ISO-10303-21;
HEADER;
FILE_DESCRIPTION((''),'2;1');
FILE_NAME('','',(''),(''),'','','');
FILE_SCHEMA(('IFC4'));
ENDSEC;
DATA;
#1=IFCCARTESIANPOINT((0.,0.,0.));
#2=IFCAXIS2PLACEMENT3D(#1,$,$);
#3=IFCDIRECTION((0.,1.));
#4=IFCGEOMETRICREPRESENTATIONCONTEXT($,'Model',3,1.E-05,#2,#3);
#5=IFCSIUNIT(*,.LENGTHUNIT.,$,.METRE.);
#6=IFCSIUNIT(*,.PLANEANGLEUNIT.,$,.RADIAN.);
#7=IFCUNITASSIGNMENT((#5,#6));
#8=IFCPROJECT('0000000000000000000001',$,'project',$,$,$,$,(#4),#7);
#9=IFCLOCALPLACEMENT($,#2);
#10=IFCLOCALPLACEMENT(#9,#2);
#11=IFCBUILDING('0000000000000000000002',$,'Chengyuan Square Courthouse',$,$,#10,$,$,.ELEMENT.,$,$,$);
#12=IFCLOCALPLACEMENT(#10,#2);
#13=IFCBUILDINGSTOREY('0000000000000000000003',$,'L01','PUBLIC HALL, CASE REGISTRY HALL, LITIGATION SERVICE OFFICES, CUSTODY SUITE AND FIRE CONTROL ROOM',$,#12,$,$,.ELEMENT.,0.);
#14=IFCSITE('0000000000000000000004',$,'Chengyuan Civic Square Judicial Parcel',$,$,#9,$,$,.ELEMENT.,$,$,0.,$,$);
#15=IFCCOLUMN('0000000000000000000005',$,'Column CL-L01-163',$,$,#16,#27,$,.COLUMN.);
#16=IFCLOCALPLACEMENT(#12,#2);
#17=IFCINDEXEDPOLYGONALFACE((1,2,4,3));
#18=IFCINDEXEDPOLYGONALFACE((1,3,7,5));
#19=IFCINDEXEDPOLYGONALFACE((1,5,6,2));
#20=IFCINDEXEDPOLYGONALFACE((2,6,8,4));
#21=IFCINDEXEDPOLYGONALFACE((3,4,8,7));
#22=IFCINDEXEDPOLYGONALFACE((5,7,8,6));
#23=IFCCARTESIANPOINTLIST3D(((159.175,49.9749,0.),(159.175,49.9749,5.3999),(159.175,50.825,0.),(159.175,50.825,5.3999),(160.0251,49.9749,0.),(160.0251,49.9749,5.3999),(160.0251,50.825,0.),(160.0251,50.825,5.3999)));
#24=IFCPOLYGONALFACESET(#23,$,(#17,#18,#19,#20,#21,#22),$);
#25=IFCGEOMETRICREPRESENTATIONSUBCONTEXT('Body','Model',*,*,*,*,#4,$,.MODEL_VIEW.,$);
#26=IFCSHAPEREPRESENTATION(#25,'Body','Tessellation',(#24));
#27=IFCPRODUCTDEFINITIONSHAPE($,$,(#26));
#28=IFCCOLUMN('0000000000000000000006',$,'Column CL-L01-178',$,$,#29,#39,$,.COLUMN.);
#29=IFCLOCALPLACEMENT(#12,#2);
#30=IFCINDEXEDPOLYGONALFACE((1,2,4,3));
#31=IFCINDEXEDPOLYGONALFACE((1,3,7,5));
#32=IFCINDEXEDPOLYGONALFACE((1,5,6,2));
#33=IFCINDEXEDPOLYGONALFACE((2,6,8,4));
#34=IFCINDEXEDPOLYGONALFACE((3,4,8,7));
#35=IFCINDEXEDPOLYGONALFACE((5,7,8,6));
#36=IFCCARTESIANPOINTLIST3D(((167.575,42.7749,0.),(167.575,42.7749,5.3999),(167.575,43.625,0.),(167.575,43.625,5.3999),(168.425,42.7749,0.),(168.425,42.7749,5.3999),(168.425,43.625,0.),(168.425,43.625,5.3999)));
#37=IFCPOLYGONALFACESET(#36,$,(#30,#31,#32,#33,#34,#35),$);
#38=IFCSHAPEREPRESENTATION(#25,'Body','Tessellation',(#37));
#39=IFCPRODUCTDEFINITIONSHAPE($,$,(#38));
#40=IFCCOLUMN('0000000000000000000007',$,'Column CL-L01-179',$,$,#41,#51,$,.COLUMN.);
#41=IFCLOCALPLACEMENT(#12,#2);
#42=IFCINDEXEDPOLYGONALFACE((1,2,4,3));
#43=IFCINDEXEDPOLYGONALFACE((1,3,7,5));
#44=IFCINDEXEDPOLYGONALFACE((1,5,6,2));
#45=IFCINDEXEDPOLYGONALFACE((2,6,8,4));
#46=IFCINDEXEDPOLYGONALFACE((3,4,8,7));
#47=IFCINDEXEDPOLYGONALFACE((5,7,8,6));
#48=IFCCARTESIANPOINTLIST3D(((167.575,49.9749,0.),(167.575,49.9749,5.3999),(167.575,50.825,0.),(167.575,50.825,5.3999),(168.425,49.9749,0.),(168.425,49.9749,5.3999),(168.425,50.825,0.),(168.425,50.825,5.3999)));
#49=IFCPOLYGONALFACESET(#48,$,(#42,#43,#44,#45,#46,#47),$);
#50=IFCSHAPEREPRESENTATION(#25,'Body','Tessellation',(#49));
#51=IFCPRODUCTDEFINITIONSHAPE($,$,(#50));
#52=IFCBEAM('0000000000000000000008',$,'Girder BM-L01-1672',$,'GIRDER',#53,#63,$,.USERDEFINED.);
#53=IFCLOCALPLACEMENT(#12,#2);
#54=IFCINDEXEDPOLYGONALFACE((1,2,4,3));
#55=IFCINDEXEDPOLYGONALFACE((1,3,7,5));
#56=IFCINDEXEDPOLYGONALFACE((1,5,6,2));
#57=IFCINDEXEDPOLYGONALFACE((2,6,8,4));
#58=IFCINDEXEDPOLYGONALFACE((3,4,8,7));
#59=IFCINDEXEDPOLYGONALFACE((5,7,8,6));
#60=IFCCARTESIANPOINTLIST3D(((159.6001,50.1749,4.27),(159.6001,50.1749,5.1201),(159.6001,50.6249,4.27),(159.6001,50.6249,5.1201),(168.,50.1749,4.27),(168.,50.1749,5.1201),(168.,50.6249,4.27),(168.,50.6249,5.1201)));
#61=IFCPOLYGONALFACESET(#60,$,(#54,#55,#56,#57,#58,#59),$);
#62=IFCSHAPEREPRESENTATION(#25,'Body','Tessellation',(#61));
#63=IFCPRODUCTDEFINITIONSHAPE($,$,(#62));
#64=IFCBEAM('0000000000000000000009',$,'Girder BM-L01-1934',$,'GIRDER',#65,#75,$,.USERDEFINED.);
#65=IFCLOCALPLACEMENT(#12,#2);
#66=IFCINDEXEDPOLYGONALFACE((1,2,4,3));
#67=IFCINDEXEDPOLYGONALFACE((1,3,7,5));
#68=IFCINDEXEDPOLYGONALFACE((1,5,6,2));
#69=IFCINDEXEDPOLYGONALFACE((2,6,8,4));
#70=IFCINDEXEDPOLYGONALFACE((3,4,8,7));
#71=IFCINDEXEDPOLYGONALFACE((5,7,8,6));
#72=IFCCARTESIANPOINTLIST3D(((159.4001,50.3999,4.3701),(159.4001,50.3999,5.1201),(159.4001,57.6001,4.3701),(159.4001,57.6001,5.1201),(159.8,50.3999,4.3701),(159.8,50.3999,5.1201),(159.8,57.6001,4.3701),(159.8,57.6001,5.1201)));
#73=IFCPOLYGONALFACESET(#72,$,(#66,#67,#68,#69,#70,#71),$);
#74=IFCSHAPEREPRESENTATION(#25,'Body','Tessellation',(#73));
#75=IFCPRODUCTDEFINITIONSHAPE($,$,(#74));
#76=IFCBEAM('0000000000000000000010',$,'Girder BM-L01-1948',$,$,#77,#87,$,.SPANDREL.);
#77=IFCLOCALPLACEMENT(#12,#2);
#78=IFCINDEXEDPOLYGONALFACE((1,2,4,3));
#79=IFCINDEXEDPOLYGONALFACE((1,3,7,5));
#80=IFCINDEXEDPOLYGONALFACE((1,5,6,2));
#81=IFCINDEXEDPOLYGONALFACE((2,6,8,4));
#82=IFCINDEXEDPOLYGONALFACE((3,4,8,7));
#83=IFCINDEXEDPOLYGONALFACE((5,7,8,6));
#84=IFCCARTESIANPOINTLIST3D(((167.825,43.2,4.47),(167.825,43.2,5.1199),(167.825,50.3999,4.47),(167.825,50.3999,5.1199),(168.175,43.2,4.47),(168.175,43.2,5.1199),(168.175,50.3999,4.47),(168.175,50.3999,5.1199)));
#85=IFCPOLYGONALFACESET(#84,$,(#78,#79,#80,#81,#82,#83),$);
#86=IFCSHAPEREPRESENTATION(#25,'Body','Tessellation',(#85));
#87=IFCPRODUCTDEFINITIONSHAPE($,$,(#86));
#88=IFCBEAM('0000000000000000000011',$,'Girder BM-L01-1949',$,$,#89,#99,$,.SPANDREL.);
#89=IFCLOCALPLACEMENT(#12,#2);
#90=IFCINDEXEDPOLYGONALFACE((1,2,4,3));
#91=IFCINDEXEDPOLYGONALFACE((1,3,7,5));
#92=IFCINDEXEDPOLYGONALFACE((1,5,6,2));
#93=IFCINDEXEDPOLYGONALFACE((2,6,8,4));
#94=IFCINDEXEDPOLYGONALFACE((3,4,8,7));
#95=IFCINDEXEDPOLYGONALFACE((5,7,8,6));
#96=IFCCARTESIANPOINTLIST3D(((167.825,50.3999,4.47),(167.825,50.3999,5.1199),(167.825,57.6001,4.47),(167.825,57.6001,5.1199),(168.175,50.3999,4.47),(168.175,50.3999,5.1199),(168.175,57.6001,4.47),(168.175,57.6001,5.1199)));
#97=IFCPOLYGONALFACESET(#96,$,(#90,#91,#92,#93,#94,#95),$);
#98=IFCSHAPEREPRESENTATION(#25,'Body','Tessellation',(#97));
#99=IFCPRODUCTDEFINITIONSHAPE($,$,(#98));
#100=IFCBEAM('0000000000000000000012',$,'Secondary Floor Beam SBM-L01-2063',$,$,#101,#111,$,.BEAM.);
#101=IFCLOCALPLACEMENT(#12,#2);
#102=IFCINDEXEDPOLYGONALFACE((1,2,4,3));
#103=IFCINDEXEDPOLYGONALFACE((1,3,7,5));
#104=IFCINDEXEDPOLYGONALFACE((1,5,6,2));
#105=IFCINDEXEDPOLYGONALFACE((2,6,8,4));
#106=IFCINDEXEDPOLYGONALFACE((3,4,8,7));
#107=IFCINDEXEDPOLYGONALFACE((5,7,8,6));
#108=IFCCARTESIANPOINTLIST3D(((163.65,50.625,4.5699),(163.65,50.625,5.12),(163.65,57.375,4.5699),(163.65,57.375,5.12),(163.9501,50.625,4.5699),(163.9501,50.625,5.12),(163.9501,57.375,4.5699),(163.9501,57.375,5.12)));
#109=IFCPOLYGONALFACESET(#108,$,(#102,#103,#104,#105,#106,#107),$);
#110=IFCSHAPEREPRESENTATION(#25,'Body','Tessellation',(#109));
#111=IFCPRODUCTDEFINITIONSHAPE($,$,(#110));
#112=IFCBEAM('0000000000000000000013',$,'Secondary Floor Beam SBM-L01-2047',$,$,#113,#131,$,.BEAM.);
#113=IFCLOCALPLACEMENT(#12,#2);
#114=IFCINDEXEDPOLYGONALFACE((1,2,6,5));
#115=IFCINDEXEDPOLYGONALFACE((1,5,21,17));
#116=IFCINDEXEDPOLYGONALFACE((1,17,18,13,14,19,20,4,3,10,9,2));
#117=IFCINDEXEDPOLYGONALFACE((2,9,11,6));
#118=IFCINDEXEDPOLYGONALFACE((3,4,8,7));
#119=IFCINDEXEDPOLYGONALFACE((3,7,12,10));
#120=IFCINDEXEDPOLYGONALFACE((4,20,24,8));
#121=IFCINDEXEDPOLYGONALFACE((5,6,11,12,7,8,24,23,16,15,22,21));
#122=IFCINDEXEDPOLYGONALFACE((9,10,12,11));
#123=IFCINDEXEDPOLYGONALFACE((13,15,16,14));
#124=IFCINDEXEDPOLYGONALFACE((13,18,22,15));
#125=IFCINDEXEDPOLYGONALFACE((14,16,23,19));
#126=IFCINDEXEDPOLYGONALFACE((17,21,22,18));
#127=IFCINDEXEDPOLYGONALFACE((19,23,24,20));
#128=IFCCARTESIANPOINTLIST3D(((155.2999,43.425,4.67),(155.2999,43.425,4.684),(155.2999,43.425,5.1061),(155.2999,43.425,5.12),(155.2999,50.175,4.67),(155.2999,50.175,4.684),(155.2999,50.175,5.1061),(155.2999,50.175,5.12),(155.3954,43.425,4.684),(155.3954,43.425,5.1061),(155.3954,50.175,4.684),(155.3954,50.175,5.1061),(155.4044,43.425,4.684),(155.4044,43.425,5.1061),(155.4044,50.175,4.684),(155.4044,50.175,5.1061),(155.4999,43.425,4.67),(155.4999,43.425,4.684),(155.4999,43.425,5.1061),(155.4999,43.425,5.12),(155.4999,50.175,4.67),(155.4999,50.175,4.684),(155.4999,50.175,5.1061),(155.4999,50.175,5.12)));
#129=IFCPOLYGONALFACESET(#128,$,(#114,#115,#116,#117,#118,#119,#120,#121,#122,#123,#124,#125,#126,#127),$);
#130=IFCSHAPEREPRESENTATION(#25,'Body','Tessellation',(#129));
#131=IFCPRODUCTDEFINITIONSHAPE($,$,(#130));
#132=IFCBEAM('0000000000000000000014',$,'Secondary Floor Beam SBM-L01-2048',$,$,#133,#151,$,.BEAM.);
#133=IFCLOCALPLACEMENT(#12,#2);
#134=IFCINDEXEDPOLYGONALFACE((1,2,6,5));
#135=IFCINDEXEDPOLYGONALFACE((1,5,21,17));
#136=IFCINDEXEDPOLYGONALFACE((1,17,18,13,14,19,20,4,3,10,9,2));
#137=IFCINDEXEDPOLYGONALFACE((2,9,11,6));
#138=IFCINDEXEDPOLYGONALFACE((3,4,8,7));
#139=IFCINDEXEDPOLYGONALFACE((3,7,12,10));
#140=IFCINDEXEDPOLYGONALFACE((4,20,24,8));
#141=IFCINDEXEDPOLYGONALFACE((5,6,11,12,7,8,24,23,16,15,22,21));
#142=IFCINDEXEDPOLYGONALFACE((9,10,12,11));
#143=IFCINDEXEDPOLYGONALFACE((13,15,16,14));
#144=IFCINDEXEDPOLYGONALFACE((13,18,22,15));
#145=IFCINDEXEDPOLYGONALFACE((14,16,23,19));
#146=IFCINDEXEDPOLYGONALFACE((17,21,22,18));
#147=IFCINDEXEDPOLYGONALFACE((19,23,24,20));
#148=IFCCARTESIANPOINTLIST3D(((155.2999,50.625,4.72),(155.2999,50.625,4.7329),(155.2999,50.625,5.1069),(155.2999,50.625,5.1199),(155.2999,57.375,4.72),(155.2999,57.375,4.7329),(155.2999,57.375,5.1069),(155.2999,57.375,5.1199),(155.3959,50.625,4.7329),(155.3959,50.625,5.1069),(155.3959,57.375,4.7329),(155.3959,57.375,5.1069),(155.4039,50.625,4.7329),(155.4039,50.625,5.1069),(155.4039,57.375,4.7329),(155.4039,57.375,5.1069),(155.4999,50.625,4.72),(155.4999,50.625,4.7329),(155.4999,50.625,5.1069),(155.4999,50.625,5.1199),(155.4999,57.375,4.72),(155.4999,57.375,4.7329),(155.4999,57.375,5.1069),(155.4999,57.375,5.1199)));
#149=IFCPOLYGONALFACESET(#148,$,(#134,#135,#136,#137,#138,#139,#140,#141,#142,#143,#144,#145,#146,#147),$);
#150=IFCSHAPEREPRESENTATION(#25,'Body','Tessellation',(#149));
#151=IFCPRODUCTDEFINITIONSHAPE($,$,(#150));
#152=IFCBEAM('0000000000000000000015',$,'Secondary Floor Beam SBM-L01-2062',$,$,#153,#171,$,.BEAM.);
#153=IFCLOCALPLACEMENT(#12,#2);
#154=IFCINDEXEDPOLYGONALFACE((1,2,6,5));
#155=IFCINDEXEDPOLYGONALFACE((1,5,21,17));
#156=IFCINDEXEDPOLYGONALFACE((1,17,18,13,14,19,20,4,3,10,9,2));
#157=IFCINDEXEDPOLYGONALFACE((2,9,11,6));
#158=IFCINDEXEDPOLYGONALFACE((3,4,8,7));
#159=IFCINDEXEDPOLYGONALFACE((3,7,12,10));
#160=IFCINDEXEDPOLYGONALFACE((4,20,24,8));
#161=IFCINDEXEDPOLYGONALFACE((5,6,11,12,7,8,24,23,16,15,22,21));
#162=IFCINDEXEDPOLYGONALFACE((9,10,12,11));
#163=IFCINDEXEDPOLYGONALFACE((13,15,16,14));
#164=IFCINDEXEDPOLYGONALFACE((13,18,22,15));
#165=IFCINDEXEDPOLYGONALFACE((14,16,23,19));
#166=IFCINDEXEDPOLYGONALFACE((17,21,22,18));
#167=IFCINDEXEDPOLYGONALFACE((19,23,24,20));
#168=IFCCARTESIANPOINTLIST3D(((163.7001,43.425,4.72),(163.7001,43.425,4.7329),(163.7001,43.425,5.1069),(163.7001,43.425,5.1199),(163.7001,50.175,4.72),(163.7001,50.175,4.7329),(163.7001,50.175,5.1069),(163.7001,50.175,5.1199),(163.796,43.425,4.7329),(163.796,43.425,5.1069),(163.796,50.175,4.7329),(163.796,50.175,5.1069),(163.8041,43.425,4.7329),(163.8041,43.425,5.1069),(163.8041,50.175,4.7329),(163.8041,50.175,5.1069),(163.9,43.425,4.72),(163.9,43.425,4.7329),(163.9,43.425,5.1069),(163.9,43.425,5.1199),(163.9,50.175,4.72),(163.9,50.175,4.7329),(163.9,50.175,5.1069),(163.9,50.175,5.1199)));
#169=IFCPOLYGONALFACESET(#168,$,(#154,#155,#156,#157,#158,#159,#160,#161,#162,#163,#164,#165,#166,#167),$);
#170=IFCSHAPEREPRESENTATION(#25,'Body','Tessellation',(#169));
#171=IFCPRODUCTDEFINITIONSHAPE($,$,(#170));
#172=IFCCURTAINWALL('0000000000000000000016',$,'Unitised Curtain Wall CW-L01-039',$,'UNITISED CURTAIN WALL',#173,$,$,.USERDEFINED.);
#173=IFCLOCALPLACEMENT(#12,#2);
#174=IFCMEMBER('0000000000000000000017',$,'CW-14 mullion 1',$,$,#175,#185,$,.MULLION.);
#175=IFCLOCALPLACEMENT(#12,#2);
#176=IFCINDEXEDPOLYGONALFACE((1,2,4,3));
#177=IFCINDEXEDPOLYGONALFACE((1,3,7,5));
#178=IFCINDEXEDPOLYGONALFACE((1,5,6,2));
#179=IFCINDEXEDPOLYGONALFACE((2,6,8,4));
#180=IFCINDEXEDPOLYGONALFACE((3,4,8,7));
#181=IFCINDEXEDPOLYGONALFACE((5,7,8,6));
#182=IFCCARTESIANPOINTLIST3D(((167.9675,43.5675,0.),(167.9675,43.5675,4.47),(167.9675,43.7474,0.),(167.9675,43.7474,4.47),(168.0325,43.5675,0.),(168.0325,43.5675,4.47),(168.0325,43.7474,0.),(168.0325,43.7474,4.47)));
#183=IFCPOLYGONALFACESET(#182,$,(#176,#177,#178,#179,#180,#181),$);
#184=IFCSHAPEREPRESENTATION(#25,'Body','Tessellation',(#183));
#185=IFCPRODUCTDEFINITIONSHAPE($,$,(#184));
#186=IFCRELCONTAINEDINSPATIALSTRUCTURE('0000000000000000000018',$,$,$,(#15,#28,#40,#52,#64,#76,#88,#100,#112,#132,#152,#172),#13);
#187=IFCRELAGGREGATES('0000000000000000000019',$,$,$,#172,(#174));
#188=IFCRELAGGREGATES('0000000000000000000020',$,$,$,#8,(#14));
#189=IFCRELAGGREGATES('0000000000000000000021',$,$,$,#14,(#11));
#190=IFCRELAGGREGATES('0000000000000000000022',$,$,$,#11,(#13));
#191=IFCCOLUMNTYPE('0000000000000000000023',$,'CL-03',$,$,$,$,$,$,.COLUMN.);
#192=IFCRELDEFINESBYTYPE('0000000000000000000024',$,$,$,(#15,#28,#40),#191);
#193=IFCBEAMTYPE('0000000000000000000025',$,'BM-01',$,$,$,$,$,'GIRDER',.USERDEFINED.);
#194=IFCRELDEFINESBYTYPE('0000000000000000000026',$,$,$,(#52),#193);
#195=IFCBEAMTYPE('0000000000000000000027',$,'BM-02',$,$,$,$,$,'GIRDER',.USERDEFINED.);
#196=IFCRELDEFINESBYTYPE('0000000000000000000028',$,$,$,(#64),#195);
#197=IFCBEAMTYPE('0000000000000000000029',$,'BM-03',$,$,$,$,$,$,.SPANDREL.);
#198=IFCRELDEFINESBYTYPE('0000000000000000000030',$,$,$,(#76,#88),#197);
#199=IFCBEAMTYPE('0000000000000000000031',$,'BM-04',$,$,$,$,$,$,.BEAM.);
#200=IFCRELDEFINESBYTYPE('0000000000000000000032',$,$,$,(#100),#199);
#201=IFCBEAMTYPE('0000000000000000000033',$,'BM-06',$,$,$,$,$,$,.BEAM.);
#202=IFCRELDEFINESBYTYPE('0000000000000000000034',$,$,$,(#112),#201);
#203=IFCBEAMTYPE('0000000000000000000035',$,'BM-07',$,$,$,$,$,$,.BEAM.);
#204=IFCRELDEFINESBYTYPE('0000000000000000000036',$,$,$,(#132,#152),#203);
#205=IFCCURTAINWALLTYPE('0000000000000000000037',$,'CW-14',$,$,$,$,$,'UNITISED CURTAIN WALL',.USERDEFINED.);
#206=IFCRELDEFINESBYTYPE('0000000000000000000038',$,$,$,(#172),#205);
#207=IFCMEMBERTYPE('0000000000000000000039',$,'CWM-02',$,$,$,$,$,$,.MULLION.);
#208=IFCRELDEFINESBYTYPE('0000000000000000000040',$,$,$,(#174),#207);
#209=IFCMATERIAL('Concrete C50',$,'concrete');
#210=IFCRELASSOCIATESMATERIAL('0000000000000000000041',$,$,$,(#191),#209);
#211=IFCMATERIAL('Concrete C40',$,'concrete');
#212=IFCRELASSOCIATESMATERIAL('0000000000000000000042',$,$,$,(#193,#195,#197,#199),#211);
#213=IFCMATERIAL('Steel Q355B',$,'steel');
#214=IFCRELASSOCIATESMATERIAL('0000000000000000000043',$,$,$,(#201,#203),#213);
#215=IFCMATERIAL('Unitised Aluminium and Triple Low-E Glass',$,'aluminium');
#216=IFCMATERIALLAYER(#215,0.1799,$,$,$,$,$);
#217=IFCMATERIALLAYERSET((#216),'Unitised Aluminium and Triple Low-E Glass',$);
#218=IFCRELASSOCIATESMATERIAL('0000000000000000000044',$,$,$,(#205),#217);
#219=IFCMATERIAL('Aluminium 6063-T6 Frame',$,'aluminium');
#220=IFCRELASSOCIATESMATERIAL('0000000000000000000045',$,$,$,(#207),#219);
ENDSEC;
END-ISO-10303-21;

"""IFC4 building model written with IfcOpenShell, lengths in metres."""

from ifc_helpers import new_model, si_unit, direction, frame, origin, origin_2d, place, context, subcontext, project, spatial, rectangle, i_section, extrude, material, layer, layer_set, material_profile, profile_set, type_object, element, aggregate, save


model = new_model("IFC4")

# Units and contexts
model_context = context("Model", 3, precision=1e-05, world=origin(), true_north=direction((0.0, 1.0)))
body_context = subcontext(model_context, "Body", "Model", "MODEL_VIEW")
ifc_project = project(units=[si_unit("LENGTHUNIT", "METRE"), si_unit("PLANEANGLEUNIT", "RADIAN")], contexts=[model_context])

# Site, building, storey
site_placement = place(None, origin())
site = spatial("IfcSite", under=ifc_project, at=site_placement, Name="Chengyuan Civic Square Judicial Parcel", CompositionType="ELEMENT", RefElevation=0.0)
building_placement = place(site_placement, origin())
building = spatial("IfcBuilding", under=site, at=building_placement, Name="Chengyuan Square Courthouse", CompositionType="ELEMENT")
storey_placement = place(building_placement, origin())
storey = spatial("IfcBuildingStorey", under=building, at=storey_placement, Name="L01", Description="PUBLIC HALL, CASE REGISTRY HALL, LITIGATION SERVICE OFFICES, CUSTODY SUITE AND FIRE CONTROL ROOM", CompositionType="ELEMENT", Elevation=0.0)

# Columns
ifc_material_1 = material(Name="Concrete C50", Category="concrete")
ifc_material_profile_1 = material_profile(ifc_material_1, rectangle(XDim=0.8501, YDim=0.8501, at=origin_2d()), Name="RC-COL-850x850")
ifc_profile_set_1 = profile_set([ifc_material_profile_1], Name="Concrete C50")
column_type = type_object("IfcColumnType", Name="CL-03", PredefinedType="COLUMN", material=ifc_profile_set_1)
for number, where, z_axis, x_axis, name in (
    (1, (159.6001, 50.3999, 0.0), (0.0, 0.0, 1.0), (1.0, 0.0, 0.0), "Column CL-L01-163"),
    (2, (168.0, 43.2, 0.0), (0.0, 0.0, 1.0), (1.0, 0.0, 0.0), "Column CL-L01-178"),
    (3, (168.0, 50.3999, 0.0), (0.0, 0.0, 1.0), (1.0, 0.0, 0.0), "Column CL-L01-179"),
):
    element("IfcColumn", number, at=place(storey_placement, frame(where, z_axis=z_axis, x_axis=x_axis)), inside=storey, type_object=column_type, Name=name, PredefinedType="COLUMN", context=body_context, shape_type="SweptSolid", body=[
        extrude(rectangle(XDim=0.8501, YDim=0.8501, at=origin_2d()), origin(), (0.0, 0.0, 1.0), 5.3999),
    ])

# Beams
ifc_material_2 = material(Name="Concrete C40", Category="concrete")
ifc_material_profile_2 = material_profile(ifc_material_2, rectangle(XDim=0.45, YDim=0.8501, at=origin_2d()), Name="RC-BM-450x850")
ifc_profile_set_2 = profile_set([ifc_material_profile_2], Name="Concrete C40")
beam_type_1 = type_object("IfcBeamType", Name="BM-01", ElementType="GIRDER", PredefinedType="USERDEFINED", material=ifc_profile_set_2)
beam_1_placement = place(storey_placement, frame((159.6001, 50.3999, 4.6951), z_axis=(1.0, 0.0, 0.0), x_axis=(0.0, 1.0, 0.0)))
element("IfcBeam", 4, at=beam_1_placement, inside=storey, type_object=beam_type_1, Name="Girder BM-L01-1672", ObjectType="GIRDER", PredefinedType="USERDEFINED", context=body_context, shape_type="SweptSolid", body=[
    extrude(rectangle(XDim=0.45, YDim=0.8501, at=origin_2d()), origin(), (0.0, 0.0, 1.0), 8.3999),
])
ifc_material_profile_3 = material_profile(ifc_material_2, rectangle(XDim=0.3999, YDim=0.75, at=origin_2d()), Name="RC-BM-400x750")
ifc_profile_set_3 = profile_set([ifc_material_profile_3], Name="Concrete C40")
beam_type_2 = type_object("IfcBeamType", Name="BM-02", ElementType="GIRDER", PredefinedType="USERDEFINED", material=ifc_profile_set_3)
beam_2_placement = place(storey_placement, frame((159.6001, 50.3999, 4.7451), z_axis=(0.0, 1.0, 0.0), x_axis=(-1.0, 0.0, 0.0)))
element("IfcBeam", 5, at=beam_2_placement, inside=storey, type_object=beam_type_2, Name="Girder BM-L01-1934", ObjectType="GIRDER", PredefinedType="USERDEFINED", context=body_context, shape_type="SweptSolid", body=[
    extrude(rectangle(XDim=0.3999, YDim=0.75, at=origin_2d()), origin(), (0.0, 0.0, 1.0), 7.2002),
])
ifc_material_profile_4 = material_profile(ifc_material_2, rectangle(XDim=0.3501, YDim=0.6499, at=origin_2d()), Name="RC-BM-350x650")
ifc_profile_set_4 = profile_set([ifc_material_profile_4], Name="Concrete C40")
beam_type_3 = type_object("IfcBeamType", Name="BM-03", PredefinedType="SPANDREL", material=ifc_profile_set_4)
beam_3_placement = place(storey_placement, frame((168.0, 43.2, 4.7949), z_axis=(0.0, 1.0, 0.0), x_axis=(-1.0, 0.0, 0.0)))
element("IfcBeam", 6, at=beam_3_placement, inside=storey, type_object=beam_type_3, Name="Girder BM-L01-1948", PredefinedType="SPANDREL", context=body_context, shape_type="SweptSolid", body=[
    extrude(rectangle(XDim=0.3501, YDim=0.6499, at=origin_2d()), origin(), (0.0, 0.0, 1.0), 7.2),
])
beam_4_placement = place(storey_placement, frame((168.0, 50.3999, 4.7949), z_axis=(0.0, 1.0, 0.0), x_axis=(-1.0, 0.0, 0.0)))
element("IfcBeam", 7, at=beam_4_placement, inside=storey, type_object=beam_type_3, Name="Girder BM-L01-1949", PredefinedType="SPANDREL", context=body_context, shape_type="SweptSolid", body=[
    extrude(rectangle(XDim=0.3501, YDim=0.6499, at=origin_2d()), origin(), (0.0, 0.0, 1.0), 7.2002),
])
ifc_material_profile_5 = material_profile(ifc_material_2, rectangle(XDim=0.3, YDim=0.55, at=origin_2d()), Name="RC-BM-300x550")
ifc_profile_set_5 = profile_set([ifc_material_profile_5], Name="Concrete C40")
beam_type_4 = type_object("IfcBeamType", Name="BM-04", PredefinedType="BEAM", material=ifc_profile_set_5)
beam_5_placement = place(storey_placement, frame((163.8, 50.625, 4.845), z_axis=(0.0, 1.0, 0.0), x_axis=(-1.0, 0.0, 0.0)))
element("IfcBeam", 8, at=beam_5_placement, inside=storey, type_object=beam_type_4, Name="Secondary Floor Beam SBM-L01-2063", PredefinedType="BEAM", context=body_context, shape_type="SweptSolid", body=[
    extrude(rectangle(XDim=0.3, YDim=0.55, at=origin_2d()), origin(), (0.0, 0.0, 1.0), 6.75),
])
ifc_material_3 = material(Name="Steel Q355B", Category="steel")
ifc_material_profile_6 = material_profile(ifc_material_3, i_section(OverallWidth=0.2, OverallDepth=0.45, WebThickness=0.009, FlangeThickness=0.0139, at=origin_2d()), Name="HN 450x200x9x14")
ifc_profile_set_6 = profile_set([ifc_material_profile_6], Name="Steel Q355B")
beam_type_5 = type_object("IfcBeamType", Name="BM-06", PredefinedType="BEAM", material=ifc_profile_set_6)
beam_6_placement = place(storey_placement, frame((155.3999, 43.425, 4.895), z_axis=(0.0, 1.0, 0.0), x_axis=(-1.0, 0.0, 0.0)))
element("IfcBeam", 9, at=beam_6_placement, inside=storey, type_object=beam_type_5, Name="Secondary Floor Beam SBM-L01-2047", PredefinedType="BEAM", context=body_context, shape_type="SweptSolid", body=[
    extrude(i_section(OverallWidth=0.2, OverallDepth=0.45, WebThickness=0.009, FlangeThickness=0.0139, at=origin_2d()), origin(), (0.0, 0.0, 1.0), 6.75),
])
ifc_material_profile_7 = material_profile(ifc_material_3, i_section(OverallWidth=0.2, OverallDepth=0.3999, WebThickness=0.0081, FlangeThickness=0.0129, at=origin_2d()), Name="HN 400x200x8x13")
ifc_profile_set_7 = profile_set([ifc_material_profile_7], Name="Steel Q355B")
beam_type_6 = type_object("IfcBeamType", Name="BM-07", PredefinedType="BEAM", material=ifc_profile_set_7)
for number, where, z_axis, x_axis, name in (
    (10, (155.3999, 50.625, 4.9199), (0.0, 1.0, 0.0), (-1.0, 0.0, 0.0), "Secondary Floor Beam SBM-L01-2048"),
    (11, (163.8, 43.425, 4.9199), (0.0, 1.0, 0.0), (-1.0, 0.0, 0.0), "Secondary Floor Beam SBM-L01-2062"),
):
    element("IfcBeam", number, at=place(storey_placement, frame(where, z_axis=z_axis, x_axis=x_axis)), inside=storey, type_object=beam_type_6, Name=name, PredefinedType="BEAM", context=body_context, shape_type="SweptSolid", body=[
        extrude(i_section(OverallWidth=0.2, OverallDepth=0.3999, WebThickness=0.0081, FlangeThickness=0.0129, at=origin_2d()), origin(), (0.0, 0.0, 1.0), 6.75),
    ])

# Curtain wall, member
ifc_material_4 = material(Name="Unitised Aluminium and Triple Low-E Glass", Category="aluminium")
ifc_layer_1 = layer(ifc_material_4, 0.1799)
ifc_layer_set_1 = layer_set([ifc_layer_1], Name="Unitised Aluminium and Triple Low-E Glass")
curtain_wall_type = type_object("IfcCurtainWallType", Name="CW-14", ElementType="UNITISED CURTAIN WALL", PredefinedType="USERDEFINED", material=ifc_layer_set_1)
curtain_wall_placement = place(storey_placement, origin())
curtain_wall = element("IfcCurtainWall", 12, at=curtain_wall_placement, inside=storey, type_object=curtain_wall_type, Name="Unitised Curtain Wall CW-L01-039", ObjectType="UNITISED CURTAIN WALL", PredefinedType="USERDEFINED")
ifc_material_5 = material(Name="Aluminium 6063-T6 Frame", Category="aluminium")
ifc_material_profile_8 = material_profile(ifc_material_5, rectangle(XDim=0.0649, YDim=0.1799, at=origin_2d()), Name="CW-MUL-65x180")
ifc_profile_set_8 = profile_set([ifc_material_profile_8], Name="Aluminium 6063-T6 Frame")
member_type_1 = type_object("IfcMemberType", Name="CWM-02", PredefinedType="MULLION", material=ifc_profile_set_8)
member_1_placement = place(storey_placement, frame((168.0, 43.6575, 0.0), z_axis=(0.0, 0.0, 1.0), x_axis=(-1.0, 0.0, 0.0)))
member_1 = element("IfcMember", 13, at=member_1_placement, type_object=member_type_1, Name="CW-14 mullion 1", PredefinedType="MULLION", context=body_context, shape_type="SweptSolid", body=[
    extrude(rectangle(XDim=0.0649, YDim=0.1799, at=origin_2d()), origin(), (0.0, 0.0, 1.0), 4.47),
])
aggregate(curtain_wall, [member_1])

save(model, "model.ifc")
